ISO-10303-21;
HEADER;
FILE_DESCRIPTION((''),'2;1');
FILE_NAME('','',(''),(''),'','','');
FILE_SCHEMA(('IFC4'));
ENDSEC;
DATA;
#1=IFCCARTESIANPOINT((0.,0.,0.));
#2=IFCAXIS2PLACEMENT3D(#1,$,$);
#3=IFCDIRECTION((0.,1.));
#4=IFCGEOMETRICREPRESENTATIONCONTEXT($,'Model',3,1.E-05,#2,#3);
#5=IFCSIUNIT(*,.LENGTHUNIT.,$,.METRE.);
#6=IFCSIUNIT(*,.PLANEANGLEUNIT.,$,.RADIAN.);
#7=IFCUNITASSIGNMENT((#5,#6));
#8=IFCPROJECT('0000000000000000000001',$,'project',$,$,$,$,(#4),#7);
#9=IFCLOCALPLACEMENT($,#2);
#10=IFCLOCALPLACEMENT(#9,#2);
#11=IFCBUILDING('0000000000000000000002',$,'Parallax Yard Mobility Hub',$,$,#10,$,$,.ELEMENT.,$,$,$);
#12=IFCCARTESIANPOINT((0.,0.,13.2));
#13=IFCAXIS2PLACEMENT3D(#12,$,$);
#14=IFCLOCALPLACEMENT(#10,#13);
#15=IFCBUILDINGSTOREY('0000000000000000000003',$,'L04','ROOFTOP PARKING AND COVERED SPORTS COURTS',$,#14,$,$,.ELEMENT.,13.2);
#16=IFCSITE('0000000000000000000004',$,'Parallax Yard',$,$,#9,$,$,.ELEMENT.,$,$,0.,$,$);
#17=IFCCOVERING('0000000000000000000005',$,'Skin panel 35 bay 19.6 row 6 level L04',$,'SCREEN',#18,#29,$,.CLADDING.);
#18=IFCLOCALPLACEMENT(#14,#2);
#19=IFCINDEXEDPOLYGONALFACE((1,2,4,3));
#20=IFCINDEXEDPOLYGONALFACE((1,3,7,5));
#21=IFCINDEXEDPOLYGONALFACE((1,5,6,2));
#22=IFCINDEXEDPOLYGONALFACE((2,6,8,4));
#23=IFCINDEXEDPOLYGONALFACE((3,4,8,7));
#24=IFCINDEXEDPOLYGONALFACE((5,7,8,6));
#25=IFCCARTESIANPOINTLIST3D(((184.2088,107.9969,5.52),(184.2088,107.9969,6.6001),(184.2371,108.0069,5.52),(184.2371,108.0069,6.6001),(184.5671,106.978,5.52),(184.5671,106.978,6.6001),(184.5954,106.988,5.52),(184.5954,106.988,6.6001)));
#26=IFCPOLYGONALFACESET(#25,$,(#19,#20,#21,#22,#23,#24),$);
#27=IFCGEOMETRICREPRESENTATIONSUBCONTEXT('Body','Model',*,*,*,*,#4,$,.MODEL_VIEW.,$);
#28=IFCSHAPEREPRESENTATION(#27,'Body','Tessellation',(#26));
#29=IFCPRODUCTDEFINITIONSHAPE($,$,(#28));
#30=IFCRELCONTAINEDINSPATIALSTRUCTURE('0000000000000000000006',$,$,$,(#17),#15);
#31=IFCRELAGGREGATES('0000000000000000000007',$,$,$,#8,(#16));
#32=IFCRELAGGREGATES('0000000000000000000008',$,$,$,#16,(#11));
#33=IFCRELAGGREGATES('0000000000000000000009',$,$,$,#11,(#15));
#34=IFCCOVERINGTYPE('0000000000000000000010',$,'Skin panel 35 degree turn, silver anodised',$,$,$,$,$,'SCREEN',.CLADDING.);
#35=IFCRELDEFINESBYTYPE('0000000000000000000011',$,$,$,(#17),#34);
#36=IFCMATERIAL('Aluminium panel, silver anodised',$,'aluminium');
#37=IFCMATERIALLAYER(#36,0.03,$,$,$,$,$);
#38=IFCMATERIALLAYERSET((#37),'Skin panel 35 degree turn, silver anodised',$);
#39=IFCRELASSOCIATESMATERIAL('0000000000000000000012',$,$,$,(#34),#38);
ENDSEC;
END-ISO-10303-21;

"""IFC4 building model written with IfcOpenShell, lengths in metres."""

from ifc_helpers import new_model, si_unit, direction, frame, origin, origin_2d, place, context, subcontext, project, spatial, rectangle, extrude, material, layer, layer_set, type_object, element, save


model = new_model("IFC4")

# Units and contexts
model_context = context("Model", 3, precision=1e-05, world=origin(), true_north=direction((0.0, 1.0)))
body_context = subcontext(model_context, "Body", "Model", "MODEL_VIEW")
ifc_project = project(units=[si_unit("LENGTHUNIT", "METRE"), si_unit("PLANEANGLEUNIT", "RADIAN")], contexts=[model_context])

# Site, building, storey
site_placement = place(None, origin())
site = spatial("IfcSite", under=ifc_project, at=site_placement, Name="Parallax Yard", CompositionType="ELEMENT", RefElevation=0.0)
building_placement = place(site_placement, origin())
building = spatial("IfcBuilding", under=site, at=building_placement, Name="Parallax Yard Mobility Hub", CompositionType="ELEMENT")
storey_placement = place(building_placement, frame((0.0, 0.0, 13.2)))
storey = spatial("IfcBuildingStorey", under=building, at=storey_placement, Name="L04", Description="ROOFTOP PARKING AND COVERED SPORTS COURTS", CompositionType="ELEMENT", Elevation=13.2)

# Covering
ifc_material_1 = material(Name="Aluminium panel, silver anodised", Category="aluminium")
ifc_layer_1 = layer(ifc_material_1, 0.03)
ifc_layer_set_1 = layer_set([ifc_layer_1], Name="Skin panel 35 degree turn, silver anodised")
covering_type_1 = type_object("IfcCoveringType", Name="Skin panel 35 degree turn, silver anodised", ElementType="SCREEN", PredefinedType="CLADDING", material=ifc_layer_set_1)
for number, where, z_axis, x_axis, name in (
    (1, (184.4021, 107.4924, 5.52), (0.0, 0.0, 1.0), (0.33175, -0.943368, 0.0), "Skin panel 35 bay 19.6 row 6 level L04"),
):
    element("IfcCovering", number, at=place(storey_placement, frame(where, z_axis=z_axis, x_axis=x_axis)), inside=storey, type_object=covering_type_1, Name=name, ObjectType="SCREEN", PredefinedType="CLADDING", context=body_context, shape_type="SweptSolid", body=[
        extrude(rectangle(XDim=1.0801, YDim=0.03, at=origin_2d()), origin(), (0.0, 0.0, 1.0), 1.0801),
    ])

save(model, "model.ifc")
